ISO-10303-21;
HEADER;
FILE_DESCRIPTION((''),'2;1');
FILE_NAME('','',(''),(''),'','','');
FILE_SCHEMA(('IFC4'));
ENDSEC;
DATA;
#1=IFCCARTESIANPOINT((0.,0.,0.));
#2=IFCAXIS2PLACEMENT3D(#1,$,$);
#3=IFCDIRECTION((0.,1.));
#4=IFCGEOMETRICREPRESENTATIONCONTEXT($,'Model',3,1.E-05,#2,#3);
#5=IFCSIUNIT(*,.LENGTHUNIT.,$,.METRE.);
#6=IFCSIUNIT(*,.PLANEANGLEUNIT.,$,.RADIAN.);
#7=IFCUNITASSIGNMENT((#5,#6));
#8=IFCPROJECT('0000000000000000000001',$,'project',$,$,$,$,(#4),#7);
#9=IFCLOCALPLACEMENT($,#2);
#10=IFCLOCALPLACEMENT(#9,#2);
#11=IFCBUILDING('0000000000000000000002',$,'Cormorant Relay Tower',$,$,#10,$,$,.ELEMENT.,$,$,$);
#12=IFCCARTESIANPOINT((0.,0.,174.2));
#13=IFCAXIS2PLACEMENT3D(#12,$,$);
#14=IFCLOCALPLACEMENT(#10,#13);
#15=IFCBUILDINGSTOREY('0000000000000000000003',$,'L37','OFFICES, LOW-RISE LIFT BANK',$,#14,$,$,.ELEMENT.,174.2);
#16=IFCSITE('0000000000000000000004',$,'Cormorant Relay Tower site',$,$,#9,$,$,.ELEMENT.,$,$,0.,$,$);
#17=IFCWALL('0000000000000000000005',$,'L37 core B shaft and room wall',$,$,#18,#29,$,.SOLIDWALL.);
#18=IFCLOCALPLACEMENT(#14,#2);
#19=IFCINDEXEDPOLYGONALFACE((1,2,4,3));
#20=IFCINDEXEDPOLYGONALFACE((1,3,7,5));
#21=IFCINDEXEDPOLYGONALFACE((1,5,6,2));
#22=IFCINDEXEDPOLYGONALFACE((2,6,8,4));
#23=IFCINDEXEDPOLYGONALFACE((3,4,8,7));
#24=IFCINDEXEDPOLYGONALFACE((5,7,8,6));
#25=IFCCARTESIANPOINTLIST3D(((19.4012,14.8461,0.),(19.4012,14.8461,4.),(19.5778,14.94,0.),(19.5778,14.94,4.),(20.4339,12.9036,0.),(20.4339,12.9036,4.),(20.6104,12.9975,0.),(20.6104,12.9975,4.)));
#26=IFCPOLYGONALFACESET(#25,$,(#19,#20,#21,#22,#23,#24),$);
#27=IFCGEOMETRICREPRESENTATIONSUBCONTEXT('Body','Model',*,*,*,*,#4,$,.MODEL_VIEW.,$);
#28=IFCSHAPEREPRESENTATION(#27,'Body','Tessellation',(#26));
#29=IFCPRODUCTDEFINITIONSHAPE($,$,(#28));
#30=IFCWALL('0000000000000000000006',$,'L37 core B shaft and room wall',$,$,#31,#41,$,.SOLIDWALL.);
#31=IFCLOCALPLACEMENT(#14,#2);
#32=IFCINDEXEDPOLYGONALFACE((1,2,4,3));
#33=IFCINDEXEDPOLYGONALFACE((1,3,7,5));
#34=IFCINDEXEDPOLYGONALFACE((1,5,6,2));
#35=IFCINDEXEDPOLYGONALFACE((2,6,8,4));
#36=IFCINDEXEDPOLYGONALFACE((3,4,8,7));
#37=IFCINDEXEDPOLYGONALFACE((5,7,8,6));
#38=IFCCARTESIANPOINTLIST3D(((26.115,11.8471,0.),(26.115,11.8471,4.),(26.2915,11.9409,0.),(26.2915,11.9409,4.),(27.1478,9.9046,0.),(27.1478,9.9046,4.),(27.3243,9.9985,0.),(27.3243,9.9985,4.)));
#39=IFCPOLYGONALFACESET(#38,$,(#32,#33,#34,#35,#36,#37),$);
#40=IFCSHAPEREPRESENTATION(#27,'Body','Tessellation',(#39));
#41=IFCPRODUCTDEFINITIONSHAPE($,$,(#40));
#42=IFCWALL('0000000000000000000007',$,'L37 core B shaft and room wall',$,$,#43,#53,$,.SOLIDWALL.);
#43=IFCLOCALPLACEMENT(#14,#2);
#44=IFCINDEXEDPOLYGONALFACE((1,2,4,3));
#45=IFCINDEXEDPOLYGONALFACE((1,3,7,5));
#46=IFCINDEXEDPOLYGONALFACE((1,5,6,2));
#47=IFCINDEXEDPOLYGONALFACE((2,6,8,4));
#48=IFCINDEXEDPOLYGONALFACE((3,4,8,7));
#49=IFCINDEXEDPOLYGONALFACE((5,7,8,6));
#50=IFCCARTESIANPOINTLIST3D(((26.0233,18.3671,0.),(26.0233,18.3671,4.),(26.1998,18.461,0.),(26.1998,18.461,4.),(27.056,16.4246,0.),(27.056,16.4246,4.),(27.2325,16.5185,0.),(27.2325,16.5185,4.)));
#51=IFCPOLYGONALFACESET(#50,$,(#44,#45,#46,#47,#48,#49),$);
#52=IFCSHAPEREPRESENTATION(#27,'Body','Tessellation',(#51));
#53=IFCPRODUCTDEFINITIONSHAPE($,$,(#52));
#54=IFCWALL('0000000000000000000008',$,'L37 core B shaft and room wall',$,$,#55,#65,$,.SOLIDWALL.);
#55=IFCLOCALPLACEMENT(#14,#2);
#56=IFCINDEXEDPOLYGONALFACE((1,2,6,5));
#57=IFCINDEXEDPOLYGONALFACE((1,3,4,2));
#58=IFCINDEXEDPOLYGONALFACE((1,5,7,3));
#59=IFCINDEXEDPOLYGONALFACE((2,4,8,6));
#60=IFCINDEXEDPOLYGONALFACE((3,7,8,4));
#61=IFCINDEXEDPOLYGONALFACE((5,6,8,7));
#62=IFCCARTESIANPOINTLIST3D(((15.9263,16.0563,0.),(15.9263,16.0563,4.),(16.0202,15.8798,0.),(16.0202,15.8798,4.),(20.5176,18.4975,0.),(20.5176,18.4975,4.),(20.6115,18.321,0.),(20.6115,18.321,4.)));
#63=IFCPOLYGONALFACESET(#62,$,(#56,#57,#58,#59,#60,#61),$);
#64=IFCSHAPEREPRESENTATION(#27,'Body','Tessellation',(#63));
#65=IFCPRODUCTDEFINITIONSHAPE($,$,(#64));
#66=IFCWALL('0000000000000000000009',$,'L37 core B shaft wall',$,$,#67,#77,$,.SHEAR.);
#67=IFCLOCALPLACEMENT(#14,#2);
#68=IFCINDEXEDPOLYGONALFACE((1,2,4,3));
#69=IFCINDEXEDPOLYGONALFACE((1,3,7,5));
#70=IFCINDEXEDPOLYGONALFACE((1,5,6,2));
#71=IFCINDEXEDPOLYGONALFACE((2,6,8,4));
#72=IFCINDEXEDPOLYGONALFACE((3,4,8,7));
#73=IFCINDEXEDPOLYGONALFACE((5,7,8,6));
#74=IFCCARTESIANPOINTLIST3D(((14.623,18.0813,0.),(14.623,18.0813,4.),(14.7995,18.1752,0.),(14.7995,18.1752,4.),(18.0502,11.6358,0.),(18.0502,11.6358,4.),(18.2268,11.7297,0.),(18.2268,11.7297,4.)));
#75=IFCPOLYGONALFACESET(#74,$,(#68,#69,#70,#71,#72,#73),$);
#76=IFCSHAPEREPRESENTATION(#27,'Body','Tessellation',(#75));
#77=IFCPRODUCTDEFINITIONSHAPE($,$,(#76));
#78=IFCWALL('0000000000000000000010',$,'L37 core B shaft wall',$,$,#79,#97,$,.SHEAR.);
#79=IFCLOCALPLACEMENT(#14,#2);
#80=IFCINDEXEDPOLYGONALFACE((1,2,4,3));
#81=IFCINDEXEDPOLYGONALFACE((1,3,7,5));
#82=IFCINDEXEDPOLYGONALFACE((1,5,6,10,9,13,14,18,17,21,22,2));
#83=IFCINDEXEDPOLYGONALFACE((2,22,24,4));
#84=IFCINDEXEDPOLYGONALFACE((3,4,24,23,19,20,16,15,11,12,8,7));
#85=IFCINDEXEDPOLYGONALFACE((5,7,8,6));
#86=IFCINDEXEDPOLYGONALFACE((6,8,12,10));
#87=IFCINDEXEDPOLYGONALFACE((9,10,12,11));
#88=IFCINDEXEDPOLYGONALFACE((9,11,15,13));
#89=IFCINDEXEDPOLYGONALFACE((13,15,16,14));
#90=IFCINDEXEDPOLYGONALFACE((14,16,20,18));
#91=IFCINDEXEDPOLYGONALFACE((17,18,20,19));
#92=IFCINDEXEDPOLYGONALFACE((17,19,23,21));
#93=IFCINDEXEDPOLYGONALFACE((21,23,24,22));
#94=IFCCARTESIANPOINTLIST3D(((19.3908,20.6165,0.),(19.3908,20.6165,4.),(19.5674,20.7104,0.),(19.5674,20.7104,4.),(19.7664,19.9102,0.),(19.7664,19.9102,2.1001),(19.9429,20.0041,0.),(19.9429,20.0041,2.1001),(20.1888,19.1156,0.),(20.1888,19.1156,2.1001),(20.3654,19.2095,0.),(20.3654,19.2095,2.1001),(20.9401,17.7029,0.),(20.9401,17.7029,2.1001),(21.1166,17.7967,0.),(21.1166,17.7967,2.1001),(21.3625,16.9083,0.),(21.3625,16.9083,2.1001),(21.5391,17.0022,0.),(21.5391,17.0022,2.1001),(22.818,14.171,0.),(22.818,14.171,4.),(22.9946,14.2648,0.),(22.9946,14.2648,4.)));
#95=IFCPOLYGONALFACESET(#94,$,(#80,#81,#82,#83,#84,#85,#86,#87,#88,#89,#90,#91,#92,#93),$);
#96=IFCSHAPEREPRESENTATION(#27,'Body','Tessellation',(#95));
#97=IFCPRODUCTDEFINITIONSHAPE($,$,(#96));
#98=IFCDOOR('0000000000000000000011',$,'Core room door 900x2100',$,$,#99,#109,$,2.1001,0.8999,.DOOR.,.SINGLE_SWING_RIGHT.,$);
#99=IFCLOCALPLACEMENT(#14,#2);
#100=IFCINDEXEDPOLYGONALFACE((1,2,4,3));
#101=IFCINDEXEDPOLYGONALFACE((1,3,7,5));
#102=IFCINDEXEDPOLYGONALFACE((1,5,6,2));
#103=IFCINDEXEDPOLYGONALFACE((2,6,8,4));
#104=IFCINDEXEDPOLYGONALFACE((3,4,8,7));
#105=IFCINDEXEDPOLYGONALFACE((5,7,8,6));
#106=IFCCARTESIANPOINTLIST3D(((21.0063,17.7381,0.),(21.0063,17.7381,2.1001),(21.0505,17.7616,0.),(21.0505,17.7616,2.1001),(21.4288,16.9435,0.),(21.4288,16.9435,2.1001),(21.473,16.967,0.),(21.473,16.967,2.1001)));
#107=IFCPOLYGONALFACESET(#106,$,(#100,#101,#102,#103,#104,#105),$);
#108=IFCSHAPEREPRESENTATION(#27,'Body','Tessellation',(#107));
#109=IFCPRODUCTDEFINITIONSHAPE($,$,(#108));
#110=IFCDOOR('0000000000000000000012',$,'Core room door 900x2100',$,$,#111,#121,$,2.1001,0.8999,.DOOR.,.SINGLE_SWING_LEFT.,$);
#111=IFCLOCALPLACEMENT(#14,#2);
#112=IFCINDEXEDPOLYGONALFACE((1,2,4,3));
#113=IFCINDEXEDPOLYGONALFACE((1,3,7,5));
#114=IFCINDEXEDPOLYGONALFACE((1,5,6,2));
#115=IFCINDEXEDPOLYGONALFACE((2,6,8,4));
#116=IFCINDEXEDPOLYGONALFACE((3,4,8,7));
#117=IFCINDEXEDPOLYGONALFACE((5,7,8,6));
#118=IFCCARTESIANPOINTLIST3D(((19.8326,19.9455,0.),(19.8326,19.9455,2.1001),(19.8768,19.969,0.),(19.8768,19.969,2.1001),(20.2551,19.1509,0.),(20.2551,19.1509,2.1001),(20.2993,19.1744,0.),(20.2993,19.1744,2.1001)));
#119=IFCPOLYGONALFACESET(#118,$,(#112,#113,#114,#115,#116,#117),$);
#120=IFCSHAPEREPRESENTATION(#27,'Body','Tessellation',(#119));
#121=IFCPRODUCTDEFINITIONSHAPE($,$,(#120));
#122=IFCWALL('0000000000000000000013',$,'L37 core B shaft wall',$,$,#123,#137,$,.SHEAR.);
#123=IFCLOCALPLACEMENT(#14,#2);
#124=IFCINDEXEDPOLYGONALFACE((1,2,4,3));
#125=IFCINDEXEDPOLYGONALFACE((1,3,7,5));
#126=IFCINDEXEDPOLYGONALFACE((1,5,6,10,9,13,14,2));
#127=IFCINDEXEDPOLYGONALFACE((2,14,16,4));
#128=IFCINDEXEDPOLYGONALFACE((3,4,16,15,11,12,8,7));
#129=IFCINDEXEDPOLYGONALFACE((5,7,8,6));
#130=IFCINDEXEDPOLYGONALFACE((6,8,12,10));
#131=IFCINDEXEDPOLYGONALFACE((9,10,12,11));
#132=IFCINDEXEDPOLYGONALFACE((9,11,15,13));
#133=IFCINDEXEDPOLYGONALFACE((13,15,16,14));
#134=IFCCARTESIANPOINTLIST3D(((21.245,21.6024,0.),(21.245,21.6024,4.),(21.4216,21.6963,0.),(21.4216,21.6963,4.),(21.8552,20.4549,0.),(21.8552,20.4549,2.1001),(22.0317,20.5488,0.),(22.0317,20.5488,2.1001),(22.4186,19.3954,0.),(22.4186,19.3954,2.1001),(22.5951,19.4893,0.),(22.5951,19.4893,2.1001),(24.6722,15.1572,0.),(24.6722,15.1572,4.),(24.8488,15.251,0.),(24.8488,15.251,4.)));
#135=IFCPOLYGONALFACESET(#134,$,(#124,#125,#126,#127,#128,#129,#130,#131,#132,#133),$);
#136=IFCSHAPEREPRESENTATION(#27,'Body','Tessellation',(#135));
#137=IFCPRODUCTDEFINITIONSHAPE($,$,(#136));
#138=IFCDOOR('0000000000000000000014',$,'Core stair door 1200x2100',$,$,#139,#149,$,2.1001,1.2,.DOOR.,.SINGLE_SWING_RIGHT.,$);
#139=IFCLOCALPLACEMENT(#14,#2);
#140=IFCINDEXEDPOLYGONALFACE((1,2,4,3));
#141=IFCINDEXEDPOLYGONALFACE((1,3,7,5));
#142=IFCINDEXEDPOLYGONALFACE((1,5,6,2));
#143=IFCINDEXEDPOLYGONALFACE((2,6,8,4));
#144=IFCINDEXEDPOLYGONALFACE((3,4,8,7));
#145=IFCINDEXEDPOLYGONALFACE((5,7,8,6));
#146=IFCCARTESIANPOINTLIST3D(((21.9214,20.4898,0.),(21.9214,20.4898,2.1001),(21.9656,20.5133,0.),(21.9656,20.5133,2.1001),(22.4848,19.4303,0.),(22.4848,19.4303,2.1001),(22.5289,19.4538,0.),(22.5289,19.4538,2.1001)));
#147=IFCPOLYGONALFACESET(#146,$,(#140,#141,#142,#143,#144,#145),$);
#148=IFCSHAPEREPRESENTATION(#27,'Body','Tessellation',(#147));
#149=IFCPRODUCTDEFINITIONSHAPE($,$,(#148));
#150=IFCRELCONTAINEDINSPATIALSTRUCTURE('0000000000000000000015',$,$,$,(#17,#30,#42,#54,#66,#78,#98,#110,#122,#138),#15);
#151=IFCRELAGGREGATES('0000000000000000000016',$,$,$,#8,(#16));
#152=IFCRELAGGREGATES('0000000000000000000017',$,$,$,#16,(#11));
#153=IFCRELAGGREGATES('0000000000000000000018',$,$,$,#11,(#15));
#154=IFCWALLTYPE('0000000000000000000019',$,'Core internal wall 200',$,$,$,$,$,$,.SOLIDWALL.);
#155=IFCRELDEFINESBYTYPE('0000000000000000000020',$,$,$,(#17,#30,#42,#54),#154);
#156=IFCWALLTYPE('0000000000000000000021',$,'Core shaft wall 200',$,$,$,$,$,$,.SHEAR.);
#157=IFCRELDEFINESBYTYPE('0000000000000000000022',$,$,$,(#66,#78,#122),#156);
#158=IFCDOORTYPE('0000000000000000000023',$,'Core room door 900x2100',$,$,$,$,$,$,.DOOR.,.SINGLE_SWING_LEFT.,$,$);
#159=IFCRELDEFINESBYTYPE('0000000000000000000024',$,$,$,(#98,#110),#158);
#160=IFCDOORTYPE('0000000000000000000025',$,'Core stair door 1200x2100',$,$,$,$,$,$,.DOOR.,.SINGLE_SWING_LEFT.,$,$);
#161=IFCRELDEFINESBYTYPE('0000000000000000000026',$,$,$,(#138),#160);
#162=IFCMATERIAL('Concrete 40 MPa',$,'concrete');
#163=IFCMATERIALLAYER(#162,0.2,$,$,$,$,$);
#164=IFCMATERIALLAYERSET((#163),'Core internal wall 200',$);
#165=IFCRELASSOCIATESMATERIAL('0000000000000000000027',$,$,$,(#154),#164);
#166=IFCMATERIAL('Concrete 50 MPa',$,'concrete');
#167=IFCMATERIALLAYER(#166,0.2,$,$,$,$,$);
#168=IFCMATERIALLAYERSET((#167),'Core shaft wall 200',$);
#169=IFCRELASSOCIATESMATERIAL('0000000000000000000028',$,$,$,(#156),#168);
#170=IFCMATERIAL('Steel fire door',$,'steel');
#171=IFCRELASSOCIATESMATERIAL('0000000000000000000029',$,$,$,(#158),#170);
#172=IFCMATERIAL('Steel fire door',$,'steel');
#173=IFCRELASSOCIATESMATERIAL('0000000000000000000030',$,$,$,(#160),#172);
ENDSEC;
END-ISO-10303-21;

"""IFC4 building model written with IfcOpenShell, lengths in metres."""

from ifc_helpers import new_model, si_unit, direction, frame, frame_2d, origin, place, context, subcontext, project, spatial, rectangle, extrude, material, layer, layer_set, type_object, element, fill, save


model = new_model("IFC4")

# Units and contexts
model_context = context("Model", 3, precision=1e-05, world=origin(), true_north=direction((0.0, 1.0)))
body_context = subcontext(model_context, "Body", "Model", "MODEL_VIEW")
ifc_project = project(units=[si_unit("LENGTHUNIT", "METRE"), si_unit("PLANEANGLEUNIT", "RADIAN")], contexts=[model_context])

# Site, building, storey
site_placement = place(None, origin())
site = spatial("IfcSite", under=ifc_project, at=site_placement, Name="Cormorant Relay Tower site", CompositionType="ELEMENT", RefElevation=0.0)
building_placement = place(site_placement, origin())
building = spatial("IfcBuilding", under=site, at=building_placement, Name="Cormorant Relay Tower", CompositionType="ELEMENT")
storey_placement = place(building_placement, frame((0.0, 0.0, 174.2)))
storey = spatial("IfcBuildingStorey", under=building, at=storey_placement, Name="L37", Description="OFFICES, LOW-RISE LIFT BANK", CompositionType="ELEMENT", Elevation=174.2)

# Walls
ifc_material_1 = material(Name="Concrete 40 MPa", Category="concrete")
ifc_layer_1 = layer(ifc_material_1, 0.2)
ifc_layer_set_1 = layer_set([ifc_layer_1], Name="Core internal wall 200")
wall_type_1 = type_object("IfcWallType", Name="Core internal wall 200", PredefinedType="SOLIDWALL", material=ifc_layer_set_1)
for number, where, z_axis, x_axis, name in (
    (1, (20.5222, 12.9504, 0.0), (0.0, 0.0, 1.0), (-0.469401, 0.882985, 0.0), "L37 core B shaft and room wall"),
    (2, (27.2361, 9.9514, 0.0), (0.0, 0.0, 1.0), (-0.469447, 0.88296, 0.0), "L37 core B shaft and room wall"),
    (3, (27.1443, 16.4714, 0.0), (0.0, 0.0, 1.0), (-0.469401, 0.882985, 0.0), "L37 core B shaft and room wall"),
):
    element("IfcWall", number, at=place(storey_placement, frame(where, z_axis=z_axis, x_axis=x_axis)), inside=storey, type_object=wall_type_1, Name=name, PredefinedType="SOLIDWALL", context=body_context, shape_type="SweptSolid", body=[
        extrude(rectangle(XDim=2.2, YDim=0.2, at=frame_2d((1.1001, 0.0))), origin(), (0.0, 0.0, 1.0), 4.0),
    ])
wall_1_placement = place(storey_placement, frame((15.9731, 15.968, 0.0), z_axis=(0.0, 0.0, 1.0), x_axis=(0.882954, 0.46946, 0.0)))
element("IfcWall", 4, at=wall_1_placement, inside=storey, type_object=wall_type_1, Name="L37 core B shaft and room wall", PredefinedType="SOLIDWALL", context=body_context, shape_type="SweptSolid", body=[
    extrude(rectangle(XDim=5.2, YDim=0.2, at=frame_2d((2.6001, 0.0))), origin(), (0.0, 0.0, 1.0), 4.0),
])
ifc_material_2 = material(Name="Concrete 50 MPa", Category="concrete")
ifc_layer_2 = layer(ifc_material_2, 0.2)
ifc_layer_set_2 = layer_set([ifc_layer_2], Name="Core shaft wall 200")
wall_type_2 = type_object("IfcWallType", Name="Core shaft wall 200", PredefinedType="SHEAR", material=ifc_layer_set_2)
wall_2_placement = place(storey_placement, frame((18.1384, 11.6829, 0.0), z_axis=(0.0, 0.0, 1.0), x_axis=(-0.46948, 0.882943, 0.0)))
element("IfcWall", 5, at=wall_2_placement, inside=storey, type_object=wall_type_2, Name="L37 core B shaft wall", PredefinedType="SHEAR", context=body_context, shape_type="SweptSolid", body=[
    extrude(rectangle(XDim=7.3, YDim=0.2, at=frame_2d((3.6499, 0.0))), origin(), (0.0, 0.0, 1.0), 4.0),
])

# Wall, openings, doors
wall_3_placement = place(storey_placement, frame((22.9062, 14.218, 0.0), z_axis=(0.0, 0.0, 1.0), x_axis=(-0.46948, 0.882943, 0.0)))
wall_3 = element("IfcWall", 6, at=wall_3_placement, inside=storey, type_object=wall_type_2, Name="L37 core B shaft wall", PredefinedType="SHEAR", context=body_context, shape_type="SweptSolid", body=[
    extrude(rectangle(XDim=7.3, YDim=0.2, at=frame_2d((3.6499, 0.0))), origin(), (0.0, 0.0, 1.0), 4.0),
])
opening_1_placement = place(wall_3_placement, frame((3.1001, 0.0, 0.0)))
opening_1 = element("IfcOpeningElement", 7, at=opening_1_placement, cuts=wall_3, PredefinedType="OPENING", context=body_context, shape_type="SweptSolid", body=[
    extrude(rectangle(XDim=0.8999, YDim=2.1001, at=frame_2d((0.45, 1.05))), frame((0.0, 0.1099, 0.0), z_axis=(0.0, -1.0, 0.0), x_axis=(1.0, 0.0, 0.0)), (0.0, 0.0, 1.0), 0.22),
])
opening_2_placement = place(wall_3_placement, frame((5.6001, 0.0, 0.0)))
opening_2 = element("IfcOpeningElement", 8, at=opening_2_placement, cuts=wall_3, PredefinedType="OPENING", context=body_context, shape_type="SweptSolid", body=[
    extrude(rectangle(XDim=0.8999, YDim=2.1001, at=frame_2d((0.45, 1.05))), frame((0.0, 0.1099, 0.0), z_axis=(0.0, -1.0, 0.0), x_axis=(1.0, 0.0, 0.0)), (0.0, 0.0, 1.0), 0.22),
])
ifc_material_3 = material(Name="Steel fire door", Category="steel")
door_type_1 = type_object("IfcDoorType", Name="Core room door 900x2100", OperationType="SINGLE_SWING_LEFT", PredefinedType="DOOR", material=ifc_material_3)
door_1_placement = place(opening_1_placement, origin())
door_1 = element("IfcDoor", 9, at=door_1_placement, inside=storey, type_object=door_type_1, Name="Core room door 900x2100", OperationType="SINGLE_SWING_RIGHT", OverallHeight=2.1001, OverallWidth=0.8999, PredefinedType="DOOR", context=body_context, shape_type="SweptSolid", body=[
    extrude(rectangle(XDim=0.8999, YDim=2.1001, at=frame_2d((0.45, 1.05))), frame((0.0, 0.0249, 0.0), z_axis=(0.0, -1.0, 0.0), x_axis=(1.0, 0.0, 0.0)), (0.0, 0.0, 1.0), 0.05),
])
fill(opening_1, door_1)
door_2_placement = place(opening_2_placement, origin())
door_2 = element("IfcDoor", 10, at=door_2_placement, inside=storey, type_object=door_type_1, Name="Core room door 900x2100", OperationType="SINGLE_SWING_LEFT", OverallHeight=2.1001, OverallWidth=0.8999, PredefinedType="DOOR", context=body_context, shape_type="SweptSolid", body=[
    extrude(rectangle(XDim=0.8999, YDim=2.1001, at=frame_2d((0.45, 1.05))), frame((0.0, 0.0249, 0.0), z_axis=(0.0, -1.0, 0.0), x_axis=(1.0, 0.0, 0.0)), (0.0, 0.0, 1.0), 0.05),
])
fill(opening_2, door_2)

# Wall, opening, door
wall_4_placement = place(storey_placement, frame((24.7605, 15.2041, 0.0), z_axis=(0.0, 0.0, 1.0), x_axis=(-0.469494, 0.882936, 0.0)))
wall_4 = element("IfcWall", 11, at=wall_4_placement, inside=storey, type_object=wall_type_2, Name="L37 core B shaft wall", PredefinedType="SHEAR", context=body_context, shape_type="SweptSolid", body=[
    extrude(rectangle(XDim=7.2998, YDim=0.2, at=frame_2d((3.6499, 0.0))), origin(), (0.0, 0.0, 1.0), 4.0),
])
opening_3_placement = place(wall_4_placement, frame((4.8, 0.0, 0.0)))
opening_3 = element("IfcOpeningElement", 12, at=opening_3_placement, cuts=wall_4, PredefinedType="OPENING", context=body_context, shape_type="SweptSolid", body=[
    extrude(rectangle(XDim=1.2, YDim=2.1001, at=frame_2d((0.6001, 1.05))), frame((0.0, 0.1099, 0.0), z_axis=(0.0, -1.0, 0.0), x_axis=(1.0, 0.0, 0.0)), (0.0, 0.0, 1.0), 0.22),
])
ifc_material_4 = material(Name="Steel fire door", Category="steel")
door_type_2 = type_object("IfcDoorType", Name="Core stair door 1200x2100", OperationType="SINGLE_SWING_LEFT", PredefinedType="DOOR", material=ifc_material_4)
door_3_placement = place(opening_3_placement, frame((1.2, 0.0, 0.0), z_axis=(0.0, 0.0, 1.0), x_axis=(-1.0, 0.0, 0.0)))
door_3 = element("IfcDoor", 13, at=door_3_placement, inside=storey, type_object=door_type_2, Name="Core stair door 1200x2100", OperationType="SINGLE_SWING_RIGHT", OverallHeight=2.1001, OverallWidth=1.2, PredefinedType="DOOR", context=body_context, shape_type="SweptSolid", body=[
    extrude(rectangle(XDim=1.2, YDim=2.1001, at=frame_2d((0.6001, 1.05))), frame((0.0, 0.0249, 0.0), z_axis=(0.0, -1.0, 0.0), x_axis=(1.0, 0.0, 0.0)), (0.0, 0.0, 1.0), 0.05),
])
fill(opening_3, door_3)

save(model, "model.ifc")
